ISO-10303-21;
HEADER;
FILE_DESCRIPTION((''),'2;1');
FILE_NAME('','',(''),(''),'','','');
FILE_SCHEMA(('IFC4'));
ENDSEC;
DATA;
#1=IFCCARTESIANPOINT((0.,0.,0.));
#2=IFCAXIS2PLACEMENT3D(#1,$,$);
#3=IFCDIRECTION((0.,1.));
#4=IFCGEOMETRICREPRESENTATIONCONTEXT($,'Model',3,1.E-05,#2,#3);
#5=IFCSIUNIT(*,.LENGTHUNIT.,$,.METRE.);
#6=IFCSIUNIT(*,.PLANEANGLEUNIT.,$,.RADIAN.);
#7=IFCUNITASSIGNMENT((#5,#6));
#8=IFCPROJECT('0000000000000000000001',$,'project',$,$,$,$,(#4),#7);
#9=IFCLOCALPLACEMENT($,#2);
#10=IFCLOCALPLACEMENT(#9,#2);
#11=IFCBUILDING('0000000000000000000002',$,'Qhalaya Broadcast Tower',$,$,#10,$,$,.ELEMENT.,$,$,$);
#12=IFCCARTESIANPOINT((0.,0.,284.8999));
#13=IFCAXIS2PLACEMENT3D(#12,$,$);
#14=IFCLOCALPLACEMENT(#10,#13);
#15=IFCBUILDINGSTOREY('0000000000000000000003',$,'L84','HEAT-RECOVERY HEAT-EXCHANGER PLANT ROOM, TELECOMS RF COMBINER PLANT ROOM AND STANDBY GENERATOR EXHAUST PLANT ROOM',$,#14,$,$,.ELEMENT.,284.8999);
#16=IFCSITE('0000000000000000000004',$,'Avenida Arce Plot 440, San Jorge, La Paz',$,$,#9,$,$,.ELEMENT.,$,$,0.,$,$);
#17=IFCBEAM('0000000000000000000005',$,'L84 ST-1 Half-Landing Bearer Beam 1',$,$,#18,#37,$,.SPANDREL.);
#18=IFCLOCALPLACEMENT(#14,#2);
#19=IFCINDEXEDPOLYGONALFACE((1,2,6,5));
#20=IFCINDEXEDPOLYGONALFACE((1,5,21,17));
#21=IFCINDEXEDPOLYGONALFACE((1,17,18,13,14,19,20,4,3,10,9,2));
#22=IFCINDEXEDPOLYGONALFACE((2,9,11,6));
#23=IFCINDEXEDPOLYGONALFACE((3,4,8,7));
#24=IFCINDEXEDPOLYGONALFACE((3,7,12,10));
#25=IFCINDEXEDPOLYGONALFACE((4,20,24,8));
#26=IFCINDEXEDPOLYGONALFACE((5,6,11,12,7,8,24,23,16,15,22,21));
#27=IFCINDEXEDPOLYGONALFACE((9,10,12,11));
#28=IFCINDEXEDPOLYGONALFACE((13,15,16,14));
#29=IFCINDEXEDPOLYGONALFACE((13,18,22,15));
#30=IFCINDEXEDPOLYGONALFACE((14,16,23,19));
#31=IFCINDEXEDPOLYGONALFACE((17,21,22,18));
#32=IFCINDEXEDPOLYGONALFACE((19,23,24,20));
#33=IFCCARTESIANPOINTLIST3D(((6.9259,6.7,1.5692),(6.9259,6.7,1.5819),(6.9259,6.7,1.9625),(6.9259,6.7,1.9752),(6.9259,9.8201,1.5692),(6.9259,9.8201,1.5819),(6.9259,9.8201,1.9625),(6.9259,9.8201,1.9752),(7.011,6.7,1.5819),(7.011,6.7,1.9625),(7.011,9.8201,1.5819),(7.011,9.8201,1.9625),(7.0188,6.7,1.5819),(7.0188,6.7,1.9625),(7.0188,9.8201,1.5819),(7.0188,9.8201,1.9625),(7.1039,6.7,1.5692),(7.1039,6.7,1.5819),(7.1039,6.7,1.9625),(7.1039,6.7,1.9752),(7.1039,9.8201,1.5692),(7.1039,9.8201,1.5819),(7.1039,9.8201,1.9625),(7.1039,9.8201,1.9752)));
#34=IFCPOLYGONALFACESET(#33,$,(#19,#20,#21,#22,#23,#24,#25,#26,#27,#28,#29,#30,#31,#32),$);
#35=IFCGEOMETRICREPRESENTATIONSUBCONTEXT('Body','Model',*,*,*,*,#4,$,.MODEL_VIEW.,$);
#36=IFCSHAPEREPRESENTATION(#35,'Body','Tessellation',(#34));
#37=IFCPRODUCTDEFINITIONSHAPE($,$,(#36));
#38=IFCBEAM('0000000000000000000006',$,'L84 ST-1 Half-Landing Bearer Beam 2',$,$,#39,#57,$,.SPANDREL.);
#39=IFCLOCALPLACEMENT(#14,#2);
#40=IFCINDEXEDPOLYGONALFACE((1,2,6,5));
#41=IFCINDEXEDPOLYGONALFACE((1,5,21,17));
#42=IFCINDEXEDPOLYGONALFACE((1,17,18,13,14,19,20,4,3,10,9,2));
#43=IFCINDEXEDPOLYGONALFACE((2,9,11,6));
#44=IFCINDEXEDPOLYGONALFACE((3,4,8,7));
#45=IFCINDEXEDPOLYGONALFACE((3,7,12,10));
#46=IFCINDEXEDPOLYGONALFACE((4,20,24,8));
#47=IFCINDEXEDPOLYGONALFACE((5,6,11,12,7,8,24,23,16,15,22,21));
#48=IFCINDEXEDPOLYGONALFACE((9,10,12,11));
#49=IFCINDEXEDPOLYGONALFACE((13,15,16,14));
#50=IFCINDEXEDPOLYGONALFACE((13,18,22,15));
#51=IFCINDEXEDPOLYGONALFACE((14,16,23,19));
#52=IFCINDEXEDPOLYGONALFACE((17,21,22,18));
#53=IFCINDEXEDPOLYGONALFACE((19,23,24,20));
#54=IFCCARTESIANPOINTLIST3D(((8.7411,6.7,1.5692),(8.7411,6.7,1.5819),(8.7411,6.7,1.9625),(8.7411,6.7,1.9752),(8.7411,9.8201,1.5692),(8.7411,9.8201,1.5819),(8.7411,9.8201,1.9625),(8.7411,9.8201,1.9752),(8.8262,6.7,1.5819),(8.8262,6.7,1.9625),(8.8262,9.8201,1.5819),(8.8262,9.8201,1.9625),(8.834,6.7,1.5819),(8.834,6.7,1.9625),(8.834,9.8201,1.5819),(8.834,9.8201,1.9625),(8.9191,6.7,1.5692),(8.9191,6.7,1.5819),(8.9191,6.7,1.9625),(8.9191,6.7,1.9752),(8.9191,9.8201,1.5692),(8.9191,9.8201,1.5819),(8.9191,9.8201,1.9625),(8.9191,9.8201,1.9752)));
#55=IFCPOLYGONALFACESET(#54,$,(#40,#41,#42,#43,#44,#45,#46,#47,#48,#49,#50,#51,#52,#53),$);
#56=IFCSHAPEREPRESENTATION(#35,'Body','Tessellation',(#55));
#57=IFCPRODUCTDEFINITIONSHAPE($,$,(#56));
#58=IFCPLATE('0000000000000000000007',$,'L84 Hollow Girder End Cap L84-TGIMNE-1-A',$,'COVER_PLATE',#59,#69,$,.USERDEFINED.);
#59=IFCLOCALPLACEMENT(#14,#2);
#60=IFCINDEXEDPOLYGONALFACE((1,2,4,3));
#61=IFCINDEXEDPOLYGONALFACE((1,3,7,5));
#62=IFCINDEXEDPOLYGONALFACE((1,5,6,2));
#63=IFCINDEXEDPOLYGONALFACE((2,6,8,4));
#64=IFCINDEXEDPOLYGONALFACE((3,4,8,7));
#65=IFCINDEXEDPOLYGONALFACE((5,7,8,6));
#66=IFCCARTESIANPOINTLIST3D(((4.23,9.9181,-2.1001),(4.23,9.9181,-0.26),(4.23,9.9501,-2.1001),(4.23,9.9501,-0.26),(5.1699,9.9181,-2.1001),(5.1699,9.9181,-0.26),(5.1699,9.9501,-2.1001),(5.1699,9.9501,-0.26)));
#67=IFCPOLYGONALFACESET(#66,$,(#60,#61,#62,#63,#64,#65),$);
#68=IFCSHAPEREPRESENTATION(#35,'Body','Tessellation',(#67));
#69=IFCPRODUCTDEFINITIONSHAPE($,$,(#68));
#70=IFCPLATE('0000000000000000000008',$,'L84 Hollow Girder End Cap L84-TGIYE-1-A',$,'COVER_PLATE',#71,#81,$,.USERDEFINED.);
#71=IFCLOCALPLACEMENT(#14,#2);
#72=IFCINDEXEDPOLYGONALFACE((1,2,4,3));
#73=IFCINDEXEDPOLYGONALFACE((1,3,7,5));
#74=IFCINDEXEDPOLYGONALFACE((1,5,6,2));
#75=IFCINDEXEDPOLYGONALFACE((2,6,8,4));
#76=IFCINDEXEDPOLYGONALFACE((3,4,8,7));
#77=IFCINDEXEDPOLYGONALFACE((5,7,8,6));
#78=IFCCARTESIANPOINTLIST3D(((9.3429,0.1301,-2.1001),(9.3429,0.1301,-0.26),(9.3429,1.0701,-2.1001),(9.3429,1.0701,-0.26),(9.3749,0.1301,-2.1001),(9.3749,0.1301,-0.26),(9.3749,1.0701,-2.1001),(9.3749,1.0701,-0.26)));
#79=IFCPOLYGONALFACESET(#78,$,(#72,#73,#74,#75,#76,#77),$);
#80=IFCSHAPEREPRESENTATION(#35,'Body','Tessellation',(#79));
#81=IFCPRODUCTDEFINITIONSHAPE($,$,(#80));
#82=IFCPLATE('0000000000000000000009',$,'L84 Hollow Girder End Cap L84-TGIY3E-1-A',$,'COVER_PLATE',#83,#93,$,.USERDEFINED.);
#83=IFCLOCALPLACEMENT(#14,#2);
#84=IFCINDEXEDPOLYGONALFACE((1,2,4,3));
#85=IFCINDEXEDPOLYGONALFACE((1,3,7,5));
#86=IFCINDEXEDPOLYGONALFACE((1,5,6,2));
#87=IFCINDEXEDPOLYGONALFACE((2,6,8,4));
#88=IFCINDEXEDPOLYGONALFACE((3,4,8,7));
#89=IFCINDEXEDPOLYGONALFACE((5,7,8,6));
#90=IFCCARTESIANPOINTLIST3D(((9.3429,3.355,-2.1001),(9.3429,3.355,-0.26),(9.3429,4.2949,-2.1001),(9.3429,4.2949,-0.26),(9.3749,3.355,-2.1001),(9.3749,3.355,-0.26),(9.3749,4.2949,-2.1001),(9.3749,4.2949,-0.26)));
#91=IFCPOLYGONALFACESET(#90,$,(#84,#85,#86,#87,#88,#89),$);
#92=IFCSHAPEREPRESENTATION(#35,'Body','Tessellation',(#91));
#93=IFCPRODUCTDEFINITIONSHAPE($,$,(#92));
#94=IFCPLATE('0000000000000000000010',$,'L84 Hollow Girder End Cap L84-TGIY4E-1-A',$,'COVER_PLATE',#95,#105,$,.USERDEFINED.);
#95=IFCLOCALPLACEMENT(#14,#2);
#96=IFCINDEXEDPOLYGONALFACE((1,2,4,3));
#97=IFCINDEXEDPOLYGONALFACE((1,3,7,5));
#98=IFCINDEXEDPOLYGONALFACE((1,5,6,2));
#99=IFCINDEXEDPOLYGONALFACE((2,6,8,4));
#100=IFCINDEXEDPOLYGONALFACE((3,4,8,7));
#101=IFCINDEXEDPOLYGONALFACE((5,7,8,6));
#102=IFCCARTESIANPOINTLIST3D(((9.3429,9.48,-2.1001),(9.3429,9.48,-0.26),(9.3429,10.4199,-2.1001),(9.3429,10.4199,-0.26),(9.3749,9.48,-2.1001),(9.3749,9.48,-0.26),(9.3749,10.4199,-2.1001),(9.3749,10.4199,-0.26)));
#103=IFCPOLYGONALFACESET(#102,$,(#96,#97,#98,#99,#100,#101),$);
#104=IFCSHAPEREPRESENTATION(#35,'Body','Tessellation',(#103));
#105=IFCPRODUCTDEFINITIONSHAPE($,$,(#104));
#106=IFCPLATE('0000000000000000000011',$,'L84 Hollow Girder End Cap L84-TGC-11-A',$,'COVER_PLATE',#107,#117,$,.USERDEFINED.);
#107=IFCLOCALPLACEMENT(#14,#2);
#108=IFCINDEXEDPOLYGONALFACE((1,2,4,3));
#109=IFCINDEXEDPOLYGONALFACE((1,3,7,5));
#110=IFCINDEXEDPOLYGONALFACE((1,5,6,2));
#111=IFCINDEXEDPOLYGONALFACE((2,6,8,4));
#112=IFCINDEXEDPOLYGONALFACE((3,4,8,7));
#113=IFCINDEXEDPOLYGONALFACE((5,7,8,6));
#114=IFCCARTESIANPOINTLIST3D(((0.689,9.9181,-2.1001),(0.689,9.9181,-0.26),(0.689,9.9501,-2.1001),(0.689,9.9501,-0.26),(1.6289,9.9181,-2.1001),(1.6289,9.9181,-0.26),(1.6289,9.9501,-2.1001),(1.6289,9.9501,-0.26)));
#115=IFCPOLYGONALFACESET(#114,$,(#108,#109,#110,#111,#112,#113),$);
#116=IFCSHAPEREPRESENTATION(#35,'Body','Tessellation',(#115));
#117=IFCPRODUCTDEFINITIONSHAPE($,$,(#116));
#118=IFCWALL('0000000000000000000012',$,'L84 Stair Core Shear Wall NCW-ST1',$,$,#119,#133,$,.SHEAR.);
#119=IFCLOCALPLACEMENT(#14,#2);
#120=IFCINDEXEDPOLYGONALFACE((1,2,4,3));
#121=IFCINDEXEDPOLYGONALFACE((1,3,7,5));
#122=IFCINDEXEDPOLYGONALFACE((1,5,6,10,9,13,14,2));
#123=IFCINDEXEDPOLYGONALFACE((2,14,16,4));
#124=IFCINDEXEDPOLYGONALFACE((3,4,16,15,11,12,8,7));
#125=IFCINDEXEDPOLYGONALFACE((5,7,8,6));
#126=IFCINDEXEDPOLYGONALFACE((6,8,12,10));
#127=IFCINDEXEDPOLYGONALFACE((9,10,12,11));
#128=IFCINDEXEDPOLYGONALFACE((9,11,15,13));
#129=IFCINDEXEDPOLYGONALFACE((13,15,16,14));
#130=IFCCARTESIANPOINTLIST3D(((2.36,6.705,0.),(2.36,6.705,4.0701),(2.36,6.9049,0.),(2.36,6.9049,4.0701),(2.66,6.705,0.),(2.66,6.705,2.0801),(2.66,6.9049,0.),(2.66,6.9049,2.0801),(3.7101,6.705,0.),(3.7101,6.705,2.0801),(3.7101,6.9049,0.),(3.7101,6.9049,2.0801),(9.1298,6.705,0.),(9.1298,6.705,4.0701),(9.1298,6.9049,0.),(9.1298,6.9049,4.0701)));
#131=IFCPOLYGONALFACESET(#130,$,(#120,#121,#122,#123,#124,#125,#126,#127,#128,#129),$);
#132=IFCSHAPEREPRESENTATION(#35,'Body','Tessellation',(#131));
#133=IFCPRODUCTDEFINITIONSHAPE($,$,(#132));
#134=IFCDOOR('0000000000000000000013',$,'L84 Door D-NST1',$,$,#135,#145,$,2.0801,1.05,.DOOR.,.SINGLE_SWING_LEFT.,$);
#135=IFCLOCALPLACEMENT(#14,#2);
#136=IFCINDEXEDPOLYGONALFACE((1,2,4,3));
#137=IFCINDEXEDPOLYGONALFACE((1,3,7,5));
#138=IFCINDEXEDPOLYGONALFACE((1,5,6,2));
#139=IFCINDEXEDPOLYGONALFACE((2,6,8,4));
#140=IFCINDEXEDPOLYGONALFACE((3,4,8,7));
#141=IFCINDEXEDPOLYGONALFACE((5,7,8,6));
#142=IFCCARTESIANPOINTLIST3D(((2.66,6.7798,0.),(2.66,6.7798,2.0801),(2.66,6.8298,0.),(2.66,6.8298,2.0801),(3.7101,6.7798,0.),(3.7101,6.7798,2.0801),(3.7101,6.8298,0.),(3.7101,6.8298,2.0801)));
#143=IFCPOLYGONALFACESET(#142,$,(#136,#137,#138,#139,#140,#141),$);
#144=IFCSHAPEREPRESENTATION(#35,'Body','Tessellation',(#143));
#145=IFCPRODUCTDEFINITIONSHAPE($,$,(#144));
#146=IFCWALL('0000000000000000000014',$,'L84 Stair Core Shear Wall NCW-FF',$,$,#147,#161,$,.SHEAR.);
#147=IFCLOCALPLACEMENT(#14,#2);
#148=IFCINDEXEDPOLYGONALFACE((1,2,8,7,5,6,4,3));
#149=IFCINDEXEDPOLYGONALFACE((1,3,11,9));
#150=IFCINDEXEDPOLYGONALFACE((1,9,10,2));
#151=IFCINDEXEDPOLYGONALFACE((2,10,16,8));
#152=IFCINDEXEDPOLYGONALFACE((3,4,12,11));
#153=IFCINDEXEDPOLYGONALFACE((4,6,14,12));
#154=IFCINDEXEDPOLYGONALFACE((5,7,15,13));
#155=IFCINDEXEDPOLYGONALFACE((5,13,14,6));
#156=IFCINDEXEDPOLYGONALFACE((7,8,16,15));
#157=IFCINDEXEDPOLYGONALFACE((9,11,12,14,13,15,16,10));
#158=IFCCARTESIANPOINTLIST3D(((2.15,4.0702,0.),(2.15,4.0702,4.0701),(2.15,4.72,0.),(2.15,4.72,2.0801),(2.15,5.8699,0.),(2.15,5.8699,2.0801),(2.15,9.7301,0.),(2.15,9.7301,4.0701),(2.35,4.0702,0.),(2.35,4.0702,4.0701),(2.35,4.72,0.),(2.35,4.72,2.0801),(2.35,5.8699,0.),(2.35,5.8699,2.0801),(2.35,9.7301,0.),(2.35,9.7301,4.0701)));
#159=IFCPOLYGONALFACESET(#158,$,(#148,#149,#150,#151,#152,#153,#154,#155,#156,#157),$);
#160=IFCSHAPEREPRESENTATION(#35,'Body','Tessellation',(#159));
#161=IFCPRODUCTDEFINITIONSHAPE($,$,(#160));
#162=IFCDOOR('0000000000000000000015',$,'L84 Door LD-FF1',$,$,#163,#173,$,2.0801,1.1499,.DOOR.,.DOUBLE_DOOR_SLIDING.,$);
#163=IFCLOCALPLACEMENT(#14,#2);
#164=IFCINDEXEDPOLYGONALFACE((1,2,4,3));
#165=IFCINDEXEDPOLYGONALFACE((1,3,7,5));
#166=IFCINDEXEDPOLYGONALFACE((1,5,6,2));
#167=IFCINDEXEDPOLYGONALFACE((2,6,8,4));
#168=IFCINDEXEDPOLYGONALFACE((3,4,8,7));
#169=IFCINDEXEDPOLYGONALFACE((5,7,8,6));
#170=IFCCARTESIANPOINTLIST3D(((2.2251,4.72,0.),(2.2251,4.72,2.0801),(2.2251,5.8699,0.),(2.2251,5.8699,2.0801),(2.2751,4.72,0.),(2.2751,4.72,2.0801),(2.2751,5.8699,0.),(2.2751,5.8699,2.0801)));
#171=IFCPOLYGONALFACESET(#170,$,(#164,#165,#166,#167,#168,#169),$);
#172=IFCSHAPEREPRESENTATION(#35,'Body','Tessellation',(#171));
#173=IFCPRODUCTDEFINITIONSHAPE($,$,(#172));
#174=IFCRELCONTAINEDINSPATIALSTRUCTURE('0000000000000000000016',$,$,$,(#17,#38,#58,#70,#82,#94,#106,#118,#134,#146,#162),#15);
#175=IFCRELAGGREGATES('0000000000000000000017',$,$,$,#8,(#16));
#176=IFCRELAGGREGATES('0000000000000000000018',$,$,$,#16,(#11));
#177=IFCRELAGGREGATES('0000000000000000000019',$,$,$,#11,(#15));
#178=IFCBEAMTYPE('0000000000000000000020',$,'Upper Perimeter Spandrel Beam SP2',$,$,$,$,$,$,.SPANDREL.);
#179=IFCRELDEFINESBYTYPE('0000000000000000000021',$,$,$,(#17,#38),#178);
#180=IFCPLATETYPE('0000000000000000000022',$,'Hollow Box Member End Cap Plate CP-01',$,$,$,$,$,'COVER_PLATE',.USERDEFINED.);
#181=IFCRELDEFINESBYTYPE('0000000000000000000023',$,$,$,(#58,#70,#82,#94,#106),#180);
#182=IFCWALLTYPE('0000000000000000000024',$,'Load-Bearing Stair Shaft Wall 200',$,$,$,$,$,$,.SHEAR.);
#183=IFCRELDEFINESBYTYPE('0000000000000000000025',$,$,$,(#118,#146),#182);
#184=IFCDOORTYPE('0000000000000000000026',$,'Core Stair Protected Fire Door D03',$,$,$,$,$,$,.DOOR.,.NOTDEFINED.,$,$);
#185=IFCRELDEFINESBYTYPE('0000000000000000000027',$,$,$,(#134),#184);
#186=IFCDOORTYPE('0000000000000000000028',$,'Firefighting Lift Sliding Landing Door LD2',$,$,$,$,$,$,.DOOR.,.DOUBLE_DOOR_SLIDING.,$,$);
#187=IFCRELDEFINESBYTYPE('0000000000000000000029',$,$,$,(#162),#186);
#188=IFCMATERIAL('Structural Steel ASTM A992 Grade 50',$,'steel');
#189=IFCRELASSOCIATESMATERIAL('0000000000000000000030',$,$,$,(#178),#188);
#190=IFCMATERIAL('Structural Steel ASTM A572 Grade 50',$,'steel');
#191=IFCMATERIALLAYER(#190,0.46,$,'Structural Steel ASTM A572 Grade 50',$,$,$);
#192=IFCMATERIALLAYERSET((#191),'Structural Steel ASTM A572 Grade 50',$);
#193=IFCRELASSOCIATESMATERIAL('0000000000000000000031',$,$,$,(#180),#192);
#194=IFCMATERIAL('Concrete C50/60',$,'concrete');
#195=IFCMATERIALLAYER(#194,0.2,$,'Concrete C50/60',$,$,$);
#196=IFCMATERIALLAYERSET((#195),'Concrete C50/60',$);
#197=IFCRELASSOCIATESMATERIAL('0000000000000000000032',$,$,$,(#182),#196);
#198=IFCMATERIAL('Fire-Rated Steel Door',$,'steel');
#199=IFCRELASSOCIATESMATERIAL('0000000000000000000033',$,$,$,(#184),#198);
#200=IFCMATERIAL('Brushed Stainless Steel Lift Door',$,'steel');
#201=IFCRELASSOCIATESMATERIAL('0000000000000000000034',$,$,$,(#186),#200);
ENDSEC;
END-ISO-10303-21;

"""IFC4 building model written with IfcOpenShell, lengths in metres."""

from ifc_helpers import new_model, si_unit, direction, frame, frame_2d, origin, origin_2d, place, context, subcontext, project, spatial, rectangle, i_section, extrude, material, layer, layer_set, material_profile, profile_set, type_object, element, fill, save


model = new_model("IFC4")

# Units and contexts
model_context = context("Model", 3, precision=1e-05, world=origin(), true_north=direction((0.0, 1.0)))
body_context = subcontext(model_context, "Body", "Model", "MODEL_VIEW")
ifc_project = project(units=[si_unit("LENGTHUNIT", "METRE"), si_unit("PLANEANGLEUNIT", "RADIAN")], contexts=[model_context])

# Site, building, storey
site_placement = place(None, origin())
site = spatial("IfcSite", under=ifc_project, at=site_placement, Name="Avenida Arce Plot 440, San Jorge, La Paz", CompositionType="ELEMENT", RefElevation=0.0)
building_placement = place(site_placement, origin())
building = spatial("IfcBuilding", under=site, at=building_placement, Name="Qhalaya Broadcast Tower", CompositionType="ELEMENT")
storey_placement = place(building_placement, frame((0.0, 0.0, 284.8999)))
storey = spatial("IfcBuildingStorey", under=building, at=storey_placement, Name="L84", Description="HEAT-RECOVERY HEAT-EXCHANGER PLANT ROOM, TELECOMS RF COMBINER PLANT ROOM AND STANDBY GENERATOR EXHAUST PLANT ROOM", CompositionType="ELEMENT", Elevation=284.8999)

# Shared definitions
ifc_material_1 = material(Name="Concrete C50/60", Category="concrete")

# Beams
ifc_material_2 = material(Name="Structural Steel ASTM A572 Grade 50", Category="steel")
ifc_material_3 = material(Name="Structural Steel ASTM A992 Grade 50", Category="steel")
ifc_material_profile_1 = material_profile(ifc_material_3, i_section(OverallWidth=0.178, OverallDepth=0.406, WebThickness=0.0078, FlangeThickness=0.0127, at=origin_2d()), Name="W16X40")
ifc_profile_set_1 = profile_set([ifc_material_profile_1], Name="Structural Steel ASTM A992 Grade 50")
beam_type_1 = type_object("IfcBeamType", Name="Upper Perimeter Spandrel Beam SP2", PredefinedType="SPANDREL", material=ifc_profile_set_1)
for number, where, z_axis, x_axis, name in (
    (1, (7.0149, 6.7, 1.7722), (0.0, 1.0, 0.0), (-1.0, 0.0, 0.0), "L84 ST-1 Half-Landing Bearer Beam 1"),
    (2, (8.8301, 6.7, 1.7722), (0.0, 1.0, 0.0), (-1.0, 0.0, 0.0), "L84 ST-1 Half-Landing Bearer Beam 2"),
):
    element("IfcBeam", number, at=place(storey_placement, frame(where, z_axis=z_axis, x_axis=x_axis)), inside=storey, type_object=beam_type_1, Name=name, PredefinedType="SPANDREL", context=body_context, shape_type="SweptSolid", body=[
        extrude(i_section(OverallWidth=0.178, OverallDepth=0.406, WebThickness=0.0078, FlangeThickness=0.0127, at=origin_2d()), origin(), (0.0, 0.0, 1.0), 3.1201),
    ])

# Plates
ifc_layer_1 = layer(ifc_material_2, 0.46, Name="Structural Steel ASTM A572 Grade 50")
ifc_layer_set_1 = layer_set([ifc_layer_1], Name="Structural Steel ASTM A572 Grade 50")
plate_type = type_object("IfcPlateType", Name="Hollow Box Member End Cap Plate CP-01", ElementType="COVER_PLATE", PredefinedType="USERDEFINED", material=ifc_layer_set_1)
for number, where, z_axis, x_axis, name in (
    (3, (4.7, 9.9341, -2.1001), (0.0, 0.0, 1.0), (-1.0, 0.0, 0.0), "L84 Hollow Girder End Cap L84-TGIMNE-1-A"),
    (4, (9.3589, 0.6001, -2.1001), (0.0, 0.0, 1.0), (0.0, 1.0, 0.0), "L84 Hollow Girder End Cap L84-TGIYE-1-A"),
    (5, (9.3589, 3.825, -2.1001), (0.0, 0.0, 1.0), (0.0, 1.0, 0.0), "L84 Hollow Girder End Cap L84-TGIY3E-1-A"),
    (6, (9.3589, 9.95, -2.1001), (0.0, 0.0, 1.0), (0.0, 1.0, 0.0), "L84 Hollow Girder End Cap L84-TGIY4E-1-A"),
    (7, (1.1589, 9.9341, -2.1001), (0.0, 0.0, 1.0), (-1.0, 0.0, 0.0), "L84 Hollow Girder End Cap L84-TGC-11-A"),
):
    element("IfcPlate", number, at=place(storey_placement, frame(where, z_axis=z_axis, x_axis=x_axis)), inside=storey, type_object=plate_type, Name=name, ObjectType="COVER_PLATE", PredefinedType="USERDEFINED", context=body_context, shape_type="SweptSolid", body=[
        extrude(rectangle(XDim=0.9399, YDim=0.032, at=origin_2d()), origin(), (0.0, 0.0, 1.0), 1.8401),
    ])

# Walls, openings, doors
ifc_layer_2 = layer(ifc_material_1, 0.2, Name="Concrete C50/60")
ifc_layer_set_2 = layer_set([ifc_layer_2], Name="Concrete C50/60")
wall_type = type_object("IfcWallType", Name="Load-Bearing Stair Shaft Wall 200", PredefinedType="SHEAR", material=ifc_layer_set_2)
wall_1_placement = place(storey_placement, frame((2.3601, 6.8049, 0.0), z_axis=(0.0, 0.0, 1.0), x_axis=(1.0, 0.0, 0.0)))
wall_1 = element("IfcWall", 8, at=wall_1_placement, inside=storey, type_object=wall_type, Name="L84 Stair Core Shear Wall NCW-ST1", PredefinedType="SHEAR", context=body_context, shape_type="SweptSolid", body=[
    extrude(rectangle(XDim=6.7698, YDim=0.2, at=frame_2d((3.3848, 0.0))), origin(), (0.0, 0.0, 1.0), 4.0701),
])
opening_1_placement = place(wall_1_placement, frame((0.3, 0.0, 0.0)))
opening_1 = element("IfcOpeningElement", 9, at=opening_1_placement, cuts=wall_1, PredefinedType="OPENING", context=body_context, shape_type="SweptSolid", body=[
    extrude(rectangle(XDim=1.05, YDim=2.0801, at=frame_2d((0.5249, 1.04))), frame((0.0, 0.1121, 0.0), z_axis=(0.0, -1.0, 0.0), x_axis=(1.0, 0.0, 0.0)), (0.0, 0.0, 1.0), 0.2239),
])
ifc_material_4 = material(Name="Fire-Rated Steel Door", Category="steel")
door_type_1 = type_object("IfcDoorType", Name="Core Stair Protected Fire Door D03", OperationType="NOTDEFINED", PredefinedType="DOOR", material=ifc_material_4)
door_1_placement = place(opening_1_placement, origin())
door_1 = element("IfcDoor", 10, at=door_1_placement, inside=storey, type_object=door_type_1, Name="L84 Door D-NST1", OperationType="SINGLE_SWING_LEFT", OverallHeight=2.0801, OverallWidth=1.05, PredefinedType="DOOR", context=body_context, shape_type="SweptSolid", body=[
    extrude(rectangle(XDim=1.05, YDim=2.0801, at=frame_2d((0.5249, 1.04))), frame((0.0, 0.0249, 0.0), z_axis=(0.0, -1.0, 0.0), x_axis=(1.0, 0.0, 0.0)), (0.0, 0.0, 1.0), 0.05),
])
fill(opening_1, door_1)
wall_2_placement = place(storey_placement, frame((2.25, 4.0701, 0.0), z_axis=(0.0, 0.0, 1.0), x_axis=(0.0, 1.0, 0.0)))
wall_2 = element("IfcWall", 11, at=wall_2_placement, inside=storey, type_object=wall_type, Name="L84 Stair Core Shear Wall NCW-FF", PredefinedType="SHEAR", context=body_context, shape_type="SweptSolid", body=[
    extrude(rectangle(XDim=5.6599, YDim=0.2, at=frame_2d((2.8301, 0.0))), origin(), (0.0, 0.0, 1.0), 4.0701),
])
opening_2_placement = place(wall_2_placement, frame((0.6499, 0.0, 0.0)))
opening_2 = element("IfcOpeningElement", 12, at=opening_2_placement, cuts=wall_2, PredefinedType="OPENING", context=body_context, shape_type="SweptSolid", body=[
    extrude(rectangle(XDim=1.1499, YDim=2.0801, at=frame_2d((0.575, 1.04))), frame((0.0, 0.1121, 0.0), z_axis=(0.0, -1.0, 0.0), x_axis=(1.0, 0.0, 0.0)), (0.0, 0.0, 1.0), 0.2239),
])
ifc_material_5 = material(Name="Brushed Stainless Steel Lift Door", Category="steel")
door_type_2 = type_object("IfcDoorType", Name="Firefighting Lift Sliding Landing Door LD2", OperationType="DOUBLE_DOOR_SLIDING", PredefinedType="DOOR", material=ifc_material_5)
door_2_placement = place(opening_2_placement, origin())
door_2 = element("IfcDoor", 13, at=door_2_placement, inside=storey, type_object=door_type_2, Name="L84 Door LD-FF1", OperationType="DOUBLE_DOOR_SLIDING", OverallHeight=2.0801, OverallWidth=1.1499, PredefinedType="DOOR", context=body_context, shape_type="SweptSolid", body=[
    extrude(rectangle(XDim=1.1499, YDim=2.0801, at=frame_2d((0.575, 1.04))), frame((0.0, 0.0249, 0.0), z_axis=(0.0, -1.0, 0.0), x_axis=(1.0, 0.0, 0.0)), (0.0, 0.0, 1.0), 0.05),
])
fill(opening_2, door_2)

save(model, "model.ifc")
